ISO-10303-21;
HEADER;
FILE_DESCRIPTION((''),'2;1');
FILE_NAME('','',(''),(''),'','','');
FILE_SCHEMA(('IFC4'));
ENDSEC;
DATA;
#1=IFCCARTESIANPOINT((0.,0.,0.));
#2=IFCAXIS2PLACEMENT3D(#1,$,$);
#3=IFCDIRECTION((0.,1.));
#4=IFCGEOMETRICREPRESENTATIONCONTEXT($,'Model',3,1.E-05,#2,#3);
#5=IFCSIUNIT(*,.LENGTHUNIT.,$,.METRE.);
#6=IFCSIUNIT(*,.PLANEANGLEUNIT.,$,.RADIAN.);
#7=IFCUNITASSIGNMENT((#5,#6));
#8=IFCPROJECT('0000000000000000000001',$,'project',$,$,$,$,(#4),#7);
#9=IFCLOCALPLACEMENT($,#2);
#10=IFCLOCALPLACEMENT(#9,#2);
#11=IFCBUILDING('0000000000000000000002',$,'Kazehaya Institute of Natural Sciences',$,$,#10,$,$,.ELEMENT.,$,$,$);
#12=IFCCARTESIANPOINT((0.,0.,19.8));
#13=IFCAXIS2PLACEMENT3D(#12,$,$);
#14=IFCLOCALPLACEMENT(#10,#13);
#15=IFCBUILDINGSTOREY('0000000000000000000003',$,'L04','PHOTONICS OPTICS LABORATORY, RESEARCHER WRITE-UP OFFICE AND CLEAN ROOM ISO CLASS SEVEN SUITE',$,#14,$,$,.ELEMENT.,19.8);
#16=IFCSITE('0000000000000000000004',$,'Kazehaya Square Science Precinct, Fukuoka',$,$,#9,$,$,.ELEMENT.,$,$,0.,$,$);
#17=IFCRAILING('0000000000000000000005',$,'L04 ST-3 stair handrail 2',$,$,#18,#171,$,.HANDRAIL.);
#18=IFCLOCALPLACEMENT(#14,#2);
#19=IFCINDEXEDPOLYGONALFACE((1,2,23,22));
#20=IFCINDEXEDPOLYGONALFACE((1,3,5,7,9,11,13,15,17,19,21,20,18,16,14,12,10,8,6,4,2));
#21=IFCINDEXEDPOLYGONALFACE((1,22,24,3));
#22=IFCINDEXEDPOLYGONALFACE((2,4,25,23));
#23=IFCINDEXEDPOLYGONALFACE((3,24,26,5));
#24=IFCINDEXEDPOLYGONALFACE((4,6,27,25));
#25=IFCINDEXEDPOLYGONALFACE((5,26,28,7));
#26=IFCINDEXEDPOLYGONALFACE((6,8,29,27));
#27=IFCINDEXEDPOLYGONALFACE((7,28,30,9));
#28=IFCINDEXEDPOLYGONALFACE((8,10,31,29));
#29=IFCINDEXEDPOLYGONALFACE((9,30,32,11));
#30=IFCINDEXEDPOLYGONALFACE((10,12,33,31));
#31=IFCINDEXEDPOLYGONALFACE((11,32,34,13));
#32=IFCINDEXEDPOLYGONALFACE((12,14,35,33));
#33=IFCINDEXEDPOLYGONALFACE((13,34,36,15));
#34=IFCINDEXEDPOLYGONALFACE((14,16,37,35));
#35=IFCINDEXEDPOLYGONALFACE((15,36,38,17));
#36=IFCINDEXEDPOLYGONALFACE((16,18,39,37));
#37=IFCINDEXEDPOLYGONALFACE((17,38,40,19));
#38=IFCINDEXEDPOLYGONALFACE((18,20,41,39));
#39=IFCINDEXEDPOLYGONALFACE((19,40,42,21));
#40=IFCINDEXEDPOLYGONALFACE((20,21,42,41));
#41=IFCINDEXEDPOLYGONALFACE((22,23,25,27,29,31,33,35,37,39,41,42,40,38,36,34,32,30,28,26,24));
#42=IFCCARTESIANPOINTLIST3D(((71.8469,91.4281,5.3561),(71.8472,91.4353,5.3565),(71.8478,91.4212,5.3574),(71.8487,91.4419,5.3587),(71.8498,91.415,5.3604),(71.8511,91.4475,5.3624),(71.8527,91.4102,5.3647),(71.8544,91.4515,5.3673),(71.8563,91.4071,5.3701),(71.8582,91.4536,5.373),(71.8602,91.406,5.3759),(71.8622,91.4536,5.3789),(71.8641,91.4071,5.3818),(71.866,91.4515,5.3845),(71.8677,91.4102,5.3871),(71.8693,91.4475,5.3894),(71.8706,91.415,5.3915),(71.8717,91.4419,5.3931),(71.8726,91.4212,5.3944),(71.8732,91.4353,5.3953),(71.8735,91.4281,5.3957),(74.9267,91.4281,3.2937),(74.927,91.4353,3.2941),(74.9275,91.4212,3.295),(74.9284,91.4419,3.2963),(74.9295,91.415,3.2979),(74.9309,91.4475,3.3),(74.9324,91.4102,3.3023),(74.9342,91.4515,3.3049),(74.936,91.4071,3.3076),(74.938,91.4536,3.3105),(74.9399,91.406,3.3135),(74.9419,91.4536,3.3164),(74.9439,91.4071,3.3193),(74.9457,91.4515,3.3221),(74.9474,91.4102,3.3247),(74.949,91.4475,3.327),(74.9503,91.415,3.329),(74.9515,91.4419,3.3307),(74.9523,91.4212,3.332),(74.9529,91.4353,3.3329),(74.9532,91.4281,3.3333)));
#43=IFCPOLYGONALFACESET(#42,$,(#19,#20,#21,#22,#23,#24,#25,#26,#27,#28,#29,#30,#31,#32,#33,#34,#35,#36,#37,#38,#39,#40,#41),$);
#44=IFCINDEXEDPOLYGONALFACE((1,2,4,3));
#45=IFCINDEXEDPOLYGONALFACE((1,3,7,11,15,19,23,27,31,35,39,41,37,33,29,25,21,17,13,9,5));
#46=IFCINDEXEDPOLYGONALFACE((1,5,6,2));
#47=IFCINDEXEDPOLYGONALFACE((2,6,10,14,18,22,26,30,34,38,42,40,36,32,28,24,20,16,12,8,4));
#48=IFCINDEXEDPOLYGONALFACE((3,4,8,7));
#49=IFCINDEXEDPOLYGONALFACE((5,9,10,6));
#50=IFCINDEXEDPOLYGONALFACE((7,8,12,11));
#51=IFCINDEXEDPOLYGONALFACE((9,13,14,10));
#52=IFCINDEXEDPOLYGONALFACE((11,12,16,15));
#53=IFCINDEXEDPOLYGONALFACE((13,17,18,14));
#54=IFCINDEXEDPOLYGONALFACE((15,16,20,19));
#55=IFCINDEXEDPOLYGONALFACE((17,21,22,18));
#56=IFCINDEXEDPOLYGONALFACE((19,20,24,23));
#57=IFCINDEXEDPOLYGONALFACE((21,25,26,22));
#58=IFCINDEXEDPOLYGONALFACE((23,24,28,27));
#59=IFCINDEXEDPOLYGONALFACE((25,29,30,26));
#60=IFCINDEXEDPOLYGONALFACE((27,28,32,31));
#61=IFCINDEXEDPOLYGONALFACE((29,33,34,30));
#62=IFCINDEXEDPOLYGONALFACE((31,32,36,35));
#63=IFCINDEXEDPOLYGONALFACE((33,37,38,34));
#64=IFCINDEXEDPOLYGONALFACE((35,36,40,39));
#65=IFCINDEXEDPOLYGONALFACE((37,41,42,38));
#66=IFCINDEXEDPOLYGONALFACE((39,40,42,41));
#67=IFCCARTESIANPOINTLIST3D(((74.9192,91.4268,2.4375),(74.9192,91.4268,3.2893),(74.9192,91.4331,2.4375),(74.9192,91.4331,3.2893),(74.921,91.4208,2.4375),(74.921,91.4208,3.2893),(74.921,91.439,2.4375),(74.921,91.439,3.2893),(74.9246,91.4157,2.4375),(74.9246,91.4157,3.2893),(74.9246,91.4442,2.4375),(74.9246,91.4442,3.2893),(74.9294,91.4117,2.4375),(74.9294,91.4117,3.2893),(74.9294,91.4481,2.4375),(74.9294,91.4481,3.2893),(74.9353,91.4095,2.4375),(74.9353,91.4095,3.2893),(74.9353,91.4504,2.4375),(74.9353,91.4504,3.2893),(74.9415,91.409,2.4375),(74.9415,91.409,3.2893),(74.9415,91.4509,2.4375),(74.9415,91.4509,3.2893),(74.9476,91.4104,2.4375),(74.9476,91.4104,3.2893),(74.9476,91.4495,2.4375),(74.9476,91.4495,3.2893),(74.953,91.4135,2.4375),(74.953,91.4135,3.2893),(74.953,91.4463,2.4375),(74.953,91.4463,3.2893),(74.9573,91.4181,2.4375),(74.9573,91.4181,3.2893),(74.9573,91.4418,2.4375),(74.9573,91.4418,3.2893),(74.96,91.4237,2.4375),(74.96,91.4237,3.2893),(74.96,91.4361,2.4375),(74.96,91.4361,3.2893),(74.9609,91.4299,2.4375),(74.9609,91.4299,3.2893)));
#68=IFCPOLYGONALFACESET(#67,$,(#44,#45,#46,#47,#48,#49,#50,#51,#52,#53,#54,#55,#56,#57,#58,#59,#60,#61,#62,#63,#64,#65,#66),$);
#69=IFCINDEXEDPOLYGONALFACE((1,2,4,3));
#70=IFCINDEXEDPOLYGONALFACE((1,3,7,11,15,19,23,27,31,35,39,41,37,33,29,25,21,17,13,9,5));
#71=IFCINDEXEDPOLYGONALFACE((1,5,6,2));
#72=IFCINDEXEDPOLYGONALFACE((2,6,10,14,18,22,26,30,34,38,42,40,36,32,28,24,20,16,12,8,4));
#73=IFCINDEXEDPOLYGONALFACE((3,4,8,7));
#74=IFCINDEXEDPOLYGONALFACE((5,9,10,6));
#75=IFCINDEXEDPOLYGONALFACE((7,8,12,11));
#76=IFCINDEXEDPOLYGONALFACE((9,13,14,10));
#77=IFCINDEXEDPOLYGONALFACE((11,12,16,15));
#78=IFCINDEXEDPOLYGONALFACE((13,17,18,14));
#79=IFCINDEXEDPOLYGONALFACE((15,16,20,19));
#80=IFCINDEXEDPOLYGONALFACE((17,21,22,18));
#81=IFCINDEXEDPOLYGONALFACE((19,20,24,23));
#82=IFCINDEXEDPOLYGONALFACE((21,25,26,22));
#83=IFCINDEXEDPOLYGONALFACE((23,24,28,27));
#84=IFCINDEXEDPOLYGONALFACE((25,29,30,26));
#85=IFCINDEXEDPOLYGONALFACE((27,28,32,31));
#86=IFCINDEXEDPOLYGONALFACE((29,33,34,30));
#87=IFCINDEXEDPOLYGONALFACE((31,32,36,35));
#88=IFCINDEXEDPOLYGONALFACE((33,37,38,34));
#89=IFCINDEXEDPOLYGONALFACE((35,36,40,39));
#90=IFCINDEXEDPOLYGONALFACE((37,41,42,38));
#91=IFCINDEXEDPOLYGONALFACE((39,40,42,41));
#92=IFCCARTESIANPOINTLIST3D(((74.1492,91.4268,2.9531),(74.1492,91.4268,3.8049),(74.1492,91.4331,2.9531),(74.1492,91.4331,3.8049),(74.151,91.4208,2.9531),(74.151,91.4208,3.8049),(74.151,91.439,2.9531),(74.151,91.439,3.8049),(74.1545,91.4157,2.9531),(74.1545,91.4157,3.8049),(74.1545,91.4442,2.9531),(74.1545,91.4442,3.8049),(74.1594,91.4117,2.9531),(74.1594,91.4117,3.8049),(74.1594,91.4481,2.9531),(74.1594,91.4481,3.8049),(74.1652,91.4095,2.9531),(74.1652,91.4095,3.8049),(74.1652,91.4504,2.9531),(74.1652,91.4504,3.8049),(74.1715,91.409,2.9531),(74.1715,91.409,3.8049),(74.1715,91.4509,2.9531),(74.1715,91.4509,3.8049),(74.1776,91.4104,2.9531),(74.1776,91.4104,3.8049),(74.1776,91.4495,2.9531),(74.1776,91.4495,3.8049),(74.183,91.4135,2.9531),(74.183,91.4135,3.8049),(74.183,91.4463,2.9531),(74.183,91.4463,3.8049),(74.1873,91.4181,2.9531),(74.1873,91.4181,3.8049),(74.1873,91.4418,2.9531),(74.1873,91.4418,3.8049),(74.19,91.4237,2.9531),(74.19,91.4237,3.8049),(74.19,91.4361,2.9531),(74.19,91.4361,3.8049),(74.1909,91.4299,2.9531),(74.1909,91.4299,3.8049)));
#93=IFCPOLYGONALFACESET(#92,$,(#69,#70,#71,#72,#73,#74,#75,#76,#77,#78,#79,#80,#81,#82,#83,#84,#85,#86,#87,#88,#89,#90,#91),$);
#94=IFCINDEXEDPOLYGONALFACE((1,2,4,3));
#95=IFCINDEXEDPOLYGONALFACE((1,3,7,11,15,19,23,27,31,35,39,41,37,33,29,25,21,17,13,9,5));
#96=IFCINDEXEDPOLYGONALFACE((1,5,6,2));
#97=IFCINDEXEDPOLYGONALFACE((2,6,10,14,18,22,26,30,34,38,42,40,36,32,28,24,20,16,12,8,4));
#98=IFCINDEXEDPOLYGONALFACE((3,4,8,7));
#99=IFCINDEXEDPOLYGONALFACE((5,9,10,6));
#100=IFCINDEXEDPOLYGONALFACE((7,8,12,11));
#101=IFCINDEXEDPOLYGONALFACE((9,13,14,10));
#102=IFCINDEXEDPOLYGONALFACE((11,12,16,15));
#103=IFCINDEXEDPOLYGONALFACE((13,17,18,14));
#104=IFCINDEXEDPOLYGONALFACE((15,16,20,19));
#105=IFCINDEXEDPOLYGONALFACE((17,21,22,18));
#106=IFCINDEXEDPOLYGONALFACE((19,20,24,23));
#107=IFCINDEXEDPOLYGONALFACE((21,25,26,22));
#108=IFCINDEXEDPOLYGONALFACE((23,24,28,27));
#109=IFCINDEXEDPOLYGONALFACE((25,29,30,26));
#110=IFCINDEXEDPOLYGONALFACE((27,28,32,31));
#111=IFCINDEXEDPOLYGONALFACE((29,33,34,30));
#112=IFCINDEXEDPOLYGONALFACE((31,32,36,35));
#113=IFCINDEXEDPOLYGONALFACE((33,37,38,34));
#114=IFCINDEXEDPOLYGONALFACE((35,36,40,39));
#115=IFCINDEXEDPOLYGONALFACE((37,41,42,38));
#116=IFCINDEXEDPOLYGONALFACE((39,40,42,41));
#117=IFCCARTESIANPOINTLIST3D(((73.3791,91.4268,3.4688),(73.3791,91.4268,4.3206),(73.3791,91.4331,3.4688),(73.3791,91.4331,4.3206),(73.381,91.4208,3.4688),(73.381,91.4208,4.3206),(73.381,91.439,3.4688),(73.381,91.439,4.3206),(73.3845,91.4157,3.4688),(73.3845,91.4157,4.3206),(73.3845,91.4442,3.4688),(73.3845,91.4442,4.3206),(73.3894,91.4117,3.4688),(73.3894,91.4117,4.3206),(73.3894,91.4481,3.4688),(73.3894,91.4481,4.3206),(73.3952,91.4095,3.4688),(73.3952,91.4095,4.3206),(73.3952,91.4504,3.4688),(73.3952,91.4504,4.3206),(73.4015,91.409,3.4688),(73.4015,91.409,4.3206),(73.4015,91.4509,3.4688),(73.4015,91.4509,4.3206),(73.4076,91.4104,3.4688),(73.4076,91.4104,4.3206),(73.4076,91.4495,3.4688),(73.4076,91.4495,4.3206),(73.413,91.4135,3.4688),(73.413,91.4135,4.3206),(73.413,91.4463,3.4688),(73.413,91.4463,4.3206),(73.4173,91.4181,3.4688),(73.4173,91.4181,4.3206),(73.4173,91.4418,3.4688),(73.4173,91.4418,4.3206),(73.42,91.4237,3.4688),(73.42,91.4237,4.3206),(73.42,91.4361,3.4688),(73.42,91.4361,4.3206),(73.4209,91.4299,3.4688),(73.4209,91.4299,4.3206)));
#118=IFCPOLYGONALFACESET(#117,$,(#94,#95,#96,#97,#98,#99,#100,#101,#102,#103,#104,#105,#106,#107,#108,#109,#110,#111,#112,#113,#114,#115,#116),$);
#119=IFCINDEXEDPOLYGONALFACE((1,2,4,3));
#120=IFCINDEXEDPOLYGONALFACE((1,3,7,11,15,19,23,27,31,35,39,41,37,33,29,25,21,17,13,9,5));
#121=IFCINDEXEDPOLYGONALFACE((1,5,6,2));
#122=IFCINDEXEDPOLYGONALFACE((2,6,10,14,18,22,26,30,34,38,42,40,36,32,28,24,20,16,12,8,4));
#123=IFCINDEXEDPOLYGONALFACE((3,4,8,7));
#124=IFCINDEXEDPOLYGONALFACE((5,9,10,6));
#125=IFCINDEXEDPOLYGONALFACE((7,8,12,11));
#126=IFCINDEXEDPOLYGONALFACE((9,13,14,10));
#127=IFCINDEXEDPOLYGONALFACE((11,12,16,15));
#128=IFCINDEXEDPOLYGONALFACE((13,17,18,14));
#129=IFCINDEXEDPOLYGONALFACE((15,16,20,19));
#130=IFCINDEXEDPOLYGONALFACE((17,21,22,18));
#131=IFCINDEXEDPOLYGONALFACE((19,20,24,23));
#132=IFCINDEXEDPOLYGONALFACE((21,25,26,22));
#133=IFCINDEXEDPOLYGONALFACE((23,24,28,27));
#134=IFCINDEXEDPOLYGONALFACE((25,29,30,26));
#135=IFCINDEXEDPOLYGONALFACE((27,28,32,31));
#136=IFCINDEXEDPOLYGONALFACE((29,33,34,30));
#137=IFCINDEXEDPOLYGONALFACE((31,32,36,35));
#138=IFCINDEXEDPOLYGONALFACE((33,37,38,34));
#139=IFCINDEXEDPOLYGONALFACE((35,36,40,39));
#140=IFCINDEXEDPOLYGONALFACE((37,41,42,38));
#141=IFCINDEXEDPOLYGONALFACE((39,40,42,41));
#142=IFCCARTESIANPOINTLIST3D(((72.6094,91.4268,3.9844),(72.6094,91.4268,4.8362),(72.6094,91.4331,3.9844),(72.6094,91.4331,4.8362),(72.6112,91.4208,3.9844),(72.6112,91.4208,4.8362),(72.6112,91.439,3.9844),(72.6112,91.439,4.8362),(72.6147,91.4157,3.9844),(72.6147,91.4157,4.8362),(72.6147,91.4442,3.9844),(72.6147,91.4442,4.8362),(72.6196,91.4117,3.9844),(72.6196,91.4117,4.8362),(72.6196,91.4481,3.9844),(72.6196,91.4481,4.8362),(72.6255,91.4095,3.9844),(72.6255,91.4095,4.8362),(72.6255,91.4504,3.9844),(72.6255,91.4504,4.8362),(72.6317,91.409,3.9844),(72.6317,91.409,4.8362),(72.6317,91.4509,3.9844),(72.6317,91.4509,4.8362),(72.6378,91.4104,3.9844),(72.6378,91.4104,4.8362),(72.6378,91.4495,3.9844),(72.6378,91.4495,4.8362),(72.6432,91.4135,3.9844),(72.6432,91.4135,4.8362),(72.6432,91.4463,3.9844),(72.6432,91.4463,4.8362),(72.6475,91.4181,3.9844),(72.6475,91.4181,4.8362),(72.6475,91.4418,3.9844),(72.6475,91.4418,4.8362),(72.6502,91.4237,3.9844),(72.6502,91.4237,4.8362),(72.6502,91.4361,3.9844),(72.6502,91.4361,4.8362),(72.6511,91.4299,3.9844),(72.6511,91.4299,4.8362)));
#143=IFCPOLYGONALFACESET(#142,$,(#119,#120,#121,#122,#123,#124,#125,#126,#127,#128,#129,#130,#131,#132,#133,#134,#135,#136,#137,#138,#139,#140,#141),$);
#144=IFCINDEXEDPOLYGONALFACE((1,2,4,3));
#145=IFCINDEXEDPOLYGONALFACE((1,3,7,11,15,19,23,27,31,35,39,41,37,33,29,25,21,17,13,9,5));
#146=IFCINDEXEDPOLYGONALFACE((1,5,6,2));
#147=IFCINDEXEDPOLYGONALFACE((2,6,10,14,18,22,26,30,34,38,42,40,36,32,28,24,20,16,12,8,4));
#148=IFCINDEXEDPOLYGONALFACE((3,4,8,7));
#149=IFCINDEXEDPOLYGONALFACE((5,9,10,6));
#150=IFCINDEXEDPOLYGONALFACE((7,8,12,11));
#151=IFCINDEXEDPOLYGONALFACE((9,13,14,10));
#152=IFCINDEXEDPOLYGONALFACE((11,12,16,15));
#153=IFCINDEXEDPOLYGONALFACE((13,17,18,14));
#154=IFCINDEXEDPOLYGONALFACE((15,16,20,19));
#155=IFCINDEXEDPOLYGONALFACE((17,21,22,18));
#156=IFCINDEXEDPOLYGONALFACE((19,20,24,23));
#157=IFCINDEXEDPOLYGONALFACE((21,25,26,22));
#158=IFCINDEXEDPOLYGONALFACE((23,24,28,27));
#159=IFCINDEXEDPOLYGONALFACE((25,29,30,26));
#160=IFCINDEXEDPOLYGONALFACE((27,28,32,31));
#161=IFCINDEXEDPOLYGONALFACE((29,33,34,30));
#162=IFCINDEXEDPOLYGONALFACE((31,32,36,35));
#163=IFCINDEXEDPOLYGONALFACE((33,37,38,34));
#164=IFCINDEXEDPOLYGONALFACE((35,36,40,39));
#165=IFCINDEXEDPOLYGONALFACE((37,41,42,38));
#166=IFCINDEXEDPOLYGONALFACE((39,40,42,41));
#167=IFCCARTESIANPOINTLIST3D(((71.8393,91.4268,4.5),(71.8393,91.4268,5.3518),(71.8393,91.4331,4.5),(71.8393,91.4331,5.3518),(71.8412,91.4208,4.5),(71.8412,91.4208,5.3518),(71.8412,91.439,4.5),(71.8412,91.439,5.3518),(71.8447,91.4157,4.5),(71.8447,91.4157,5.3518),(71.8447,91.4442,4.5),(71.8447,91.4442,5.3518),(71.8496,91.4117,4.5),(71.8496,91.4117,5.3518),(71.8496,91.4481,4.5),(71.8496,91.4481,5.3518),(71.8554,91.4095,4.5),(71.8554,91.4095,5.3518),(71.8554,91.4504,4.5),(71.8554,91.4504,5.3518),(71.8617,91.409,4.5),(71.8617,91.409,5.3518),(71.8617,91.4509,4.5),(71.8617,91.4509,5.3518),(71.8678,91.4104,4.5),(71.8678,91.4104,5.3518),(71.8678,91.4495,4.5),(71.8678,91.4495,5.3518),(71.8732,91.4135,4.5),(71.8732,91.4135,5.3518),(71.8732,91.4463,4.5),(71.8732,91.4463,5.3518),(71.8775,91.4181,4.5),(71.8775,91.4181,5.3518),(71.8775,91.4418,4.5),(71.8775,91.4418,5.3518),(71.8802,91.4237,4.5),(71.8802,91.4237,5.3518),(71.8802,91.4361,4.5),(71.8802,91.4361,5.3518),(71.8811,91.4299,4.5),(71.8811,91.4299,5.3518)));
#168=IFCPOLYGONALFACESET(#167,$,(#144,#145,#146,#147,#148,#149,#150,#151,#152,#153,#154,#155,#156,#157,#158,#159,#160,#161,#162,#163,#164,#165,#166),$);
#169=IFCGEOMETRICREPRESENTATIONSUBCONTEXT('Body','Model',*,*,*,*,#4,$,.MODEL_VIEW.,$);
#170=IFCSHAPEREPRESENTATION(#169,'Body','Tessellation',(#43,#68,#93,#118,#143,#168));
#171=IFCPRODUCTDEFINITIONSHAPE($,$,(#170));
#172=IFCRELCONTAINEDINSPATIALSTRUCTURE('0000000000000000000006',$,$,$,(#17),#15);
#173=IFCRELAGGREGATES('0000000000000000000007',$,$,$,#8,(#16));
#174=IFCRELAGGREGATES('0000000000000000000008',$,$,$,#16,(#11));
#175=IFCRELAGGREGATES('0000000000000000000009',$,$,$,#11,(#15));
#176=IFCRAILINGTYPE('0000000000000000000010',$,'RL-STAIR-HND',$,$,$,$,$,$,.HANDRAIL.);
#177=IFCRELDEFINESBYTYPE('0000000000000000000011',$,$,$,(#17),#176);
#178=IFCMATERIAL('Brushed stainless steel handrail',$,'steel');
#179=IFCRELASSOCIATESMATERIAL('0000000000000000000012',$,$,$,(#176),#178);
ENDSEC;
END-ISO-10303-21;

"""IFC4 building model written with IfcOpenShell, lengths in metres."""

from ifc_helpers import new_model, si_unit, direction, frame, origin, origin_2d, place, context, subcontext, project, spatial, circle, extrude, material, type_object, element, save


model = new_model("IFC4")

# Units and contexts
model_context = context("Model", 3, precision=1e-05, world=origin(), true_north=direction((0.0, 1.0)))
body_context = subcontext(model_context, "Body", "Model", "MODEL_VIEW")
ifc_project = project(units=[si_unit("LENGTHUNIT", "METRE"), si_unit("PLANEANGLEUNIT", "RADIAN")], contexts=[model_context])

# Site, building, storey
site_placement = place(None, origin())
site = spatial("IfcSite", under=ifc_project, at=site_placement, Name="Kazehaya Square Science Precinct, Fukuoka", CompositionType="ELEMENT", RefElevation=0.0)
building_placement = place(site_placement, origin())
building = spatial("IfcBuilding", under=site, at=building_placement, Name="Kazehaya Institute of Natural Sciences", CompositionType="ELEMENT")
storey_placement = place(building_placement, frame((0.0, 0.0, 19.8)))
storey = spatial("IfcBuildingStorey", under=building, at=storey_placement, Name="L04", Description="PHOTONICS OPTICS LABORATORY, RESEARCHER WRITE-UP OFFICE AND CLEAN ROOM ISO CLASS SEVEN SUITE", CompositionType="ELEMENT", Elevation=19.8)

# Railing
ifc_material_1 = material(Name="Brushed stainless steel handrail", Category="steel")
railing_type_1 = type_object("IfcRailingType", Name="RL-STAIR-HND", PredefinedType="HANDRAIL", material=ifc_material_1)
railing_1_placement = place(storey_placement, frame((74.9399, 91.4299, 2.4375)))
element("IfcRailing", 1, at=railing_1_placement, inside=storey, type_object=railing_type_1, Name="L04 ST-3 stair handrail 2", PredefinedType="HANDRAIL", context=body_context, shape_type="SweptSolid", body=[
    extrude(circle(Radius=0.0239, at=origin_2d()), frame((0.0, 0.0, 0.876), z_axis=(-0.830893, 0.0, 0.556432), x_axis=(0.0, -1.0, 0.0)), (0.0, 0.0, 1.0), 3.7065),
    extrude(circle(Radius=0.021, at=origin_2d()), origin(), (0.0, 0.0, 1.0), 0.8518),
    extrude(circle(Radius=0.021, at=origin_2d()), frame((-0.77, 0.0, 0.5156)), (0.0, 0.0, 1.0), 0.8518),
    extrude(circle(Radius=0.021, at=origin_2d()), frame((-1.54, 0.0, 1.0312)), (0.0, 0.0, 1.0), 0.8518),
    extrude(circle(Radius=0.021, at=origin_2d()), frame((-2.3098, 0.0, 1.5469)), (0.0, 0.0, 1.0), 0.8518),
    extrude(circle(Radius=0.021, at=origin_2d()), frame((-3.0798, 0.0, 2.0625)), (0.0, 0.0, 1.0), 0.8518),
])

save(model, "model.ifc")
